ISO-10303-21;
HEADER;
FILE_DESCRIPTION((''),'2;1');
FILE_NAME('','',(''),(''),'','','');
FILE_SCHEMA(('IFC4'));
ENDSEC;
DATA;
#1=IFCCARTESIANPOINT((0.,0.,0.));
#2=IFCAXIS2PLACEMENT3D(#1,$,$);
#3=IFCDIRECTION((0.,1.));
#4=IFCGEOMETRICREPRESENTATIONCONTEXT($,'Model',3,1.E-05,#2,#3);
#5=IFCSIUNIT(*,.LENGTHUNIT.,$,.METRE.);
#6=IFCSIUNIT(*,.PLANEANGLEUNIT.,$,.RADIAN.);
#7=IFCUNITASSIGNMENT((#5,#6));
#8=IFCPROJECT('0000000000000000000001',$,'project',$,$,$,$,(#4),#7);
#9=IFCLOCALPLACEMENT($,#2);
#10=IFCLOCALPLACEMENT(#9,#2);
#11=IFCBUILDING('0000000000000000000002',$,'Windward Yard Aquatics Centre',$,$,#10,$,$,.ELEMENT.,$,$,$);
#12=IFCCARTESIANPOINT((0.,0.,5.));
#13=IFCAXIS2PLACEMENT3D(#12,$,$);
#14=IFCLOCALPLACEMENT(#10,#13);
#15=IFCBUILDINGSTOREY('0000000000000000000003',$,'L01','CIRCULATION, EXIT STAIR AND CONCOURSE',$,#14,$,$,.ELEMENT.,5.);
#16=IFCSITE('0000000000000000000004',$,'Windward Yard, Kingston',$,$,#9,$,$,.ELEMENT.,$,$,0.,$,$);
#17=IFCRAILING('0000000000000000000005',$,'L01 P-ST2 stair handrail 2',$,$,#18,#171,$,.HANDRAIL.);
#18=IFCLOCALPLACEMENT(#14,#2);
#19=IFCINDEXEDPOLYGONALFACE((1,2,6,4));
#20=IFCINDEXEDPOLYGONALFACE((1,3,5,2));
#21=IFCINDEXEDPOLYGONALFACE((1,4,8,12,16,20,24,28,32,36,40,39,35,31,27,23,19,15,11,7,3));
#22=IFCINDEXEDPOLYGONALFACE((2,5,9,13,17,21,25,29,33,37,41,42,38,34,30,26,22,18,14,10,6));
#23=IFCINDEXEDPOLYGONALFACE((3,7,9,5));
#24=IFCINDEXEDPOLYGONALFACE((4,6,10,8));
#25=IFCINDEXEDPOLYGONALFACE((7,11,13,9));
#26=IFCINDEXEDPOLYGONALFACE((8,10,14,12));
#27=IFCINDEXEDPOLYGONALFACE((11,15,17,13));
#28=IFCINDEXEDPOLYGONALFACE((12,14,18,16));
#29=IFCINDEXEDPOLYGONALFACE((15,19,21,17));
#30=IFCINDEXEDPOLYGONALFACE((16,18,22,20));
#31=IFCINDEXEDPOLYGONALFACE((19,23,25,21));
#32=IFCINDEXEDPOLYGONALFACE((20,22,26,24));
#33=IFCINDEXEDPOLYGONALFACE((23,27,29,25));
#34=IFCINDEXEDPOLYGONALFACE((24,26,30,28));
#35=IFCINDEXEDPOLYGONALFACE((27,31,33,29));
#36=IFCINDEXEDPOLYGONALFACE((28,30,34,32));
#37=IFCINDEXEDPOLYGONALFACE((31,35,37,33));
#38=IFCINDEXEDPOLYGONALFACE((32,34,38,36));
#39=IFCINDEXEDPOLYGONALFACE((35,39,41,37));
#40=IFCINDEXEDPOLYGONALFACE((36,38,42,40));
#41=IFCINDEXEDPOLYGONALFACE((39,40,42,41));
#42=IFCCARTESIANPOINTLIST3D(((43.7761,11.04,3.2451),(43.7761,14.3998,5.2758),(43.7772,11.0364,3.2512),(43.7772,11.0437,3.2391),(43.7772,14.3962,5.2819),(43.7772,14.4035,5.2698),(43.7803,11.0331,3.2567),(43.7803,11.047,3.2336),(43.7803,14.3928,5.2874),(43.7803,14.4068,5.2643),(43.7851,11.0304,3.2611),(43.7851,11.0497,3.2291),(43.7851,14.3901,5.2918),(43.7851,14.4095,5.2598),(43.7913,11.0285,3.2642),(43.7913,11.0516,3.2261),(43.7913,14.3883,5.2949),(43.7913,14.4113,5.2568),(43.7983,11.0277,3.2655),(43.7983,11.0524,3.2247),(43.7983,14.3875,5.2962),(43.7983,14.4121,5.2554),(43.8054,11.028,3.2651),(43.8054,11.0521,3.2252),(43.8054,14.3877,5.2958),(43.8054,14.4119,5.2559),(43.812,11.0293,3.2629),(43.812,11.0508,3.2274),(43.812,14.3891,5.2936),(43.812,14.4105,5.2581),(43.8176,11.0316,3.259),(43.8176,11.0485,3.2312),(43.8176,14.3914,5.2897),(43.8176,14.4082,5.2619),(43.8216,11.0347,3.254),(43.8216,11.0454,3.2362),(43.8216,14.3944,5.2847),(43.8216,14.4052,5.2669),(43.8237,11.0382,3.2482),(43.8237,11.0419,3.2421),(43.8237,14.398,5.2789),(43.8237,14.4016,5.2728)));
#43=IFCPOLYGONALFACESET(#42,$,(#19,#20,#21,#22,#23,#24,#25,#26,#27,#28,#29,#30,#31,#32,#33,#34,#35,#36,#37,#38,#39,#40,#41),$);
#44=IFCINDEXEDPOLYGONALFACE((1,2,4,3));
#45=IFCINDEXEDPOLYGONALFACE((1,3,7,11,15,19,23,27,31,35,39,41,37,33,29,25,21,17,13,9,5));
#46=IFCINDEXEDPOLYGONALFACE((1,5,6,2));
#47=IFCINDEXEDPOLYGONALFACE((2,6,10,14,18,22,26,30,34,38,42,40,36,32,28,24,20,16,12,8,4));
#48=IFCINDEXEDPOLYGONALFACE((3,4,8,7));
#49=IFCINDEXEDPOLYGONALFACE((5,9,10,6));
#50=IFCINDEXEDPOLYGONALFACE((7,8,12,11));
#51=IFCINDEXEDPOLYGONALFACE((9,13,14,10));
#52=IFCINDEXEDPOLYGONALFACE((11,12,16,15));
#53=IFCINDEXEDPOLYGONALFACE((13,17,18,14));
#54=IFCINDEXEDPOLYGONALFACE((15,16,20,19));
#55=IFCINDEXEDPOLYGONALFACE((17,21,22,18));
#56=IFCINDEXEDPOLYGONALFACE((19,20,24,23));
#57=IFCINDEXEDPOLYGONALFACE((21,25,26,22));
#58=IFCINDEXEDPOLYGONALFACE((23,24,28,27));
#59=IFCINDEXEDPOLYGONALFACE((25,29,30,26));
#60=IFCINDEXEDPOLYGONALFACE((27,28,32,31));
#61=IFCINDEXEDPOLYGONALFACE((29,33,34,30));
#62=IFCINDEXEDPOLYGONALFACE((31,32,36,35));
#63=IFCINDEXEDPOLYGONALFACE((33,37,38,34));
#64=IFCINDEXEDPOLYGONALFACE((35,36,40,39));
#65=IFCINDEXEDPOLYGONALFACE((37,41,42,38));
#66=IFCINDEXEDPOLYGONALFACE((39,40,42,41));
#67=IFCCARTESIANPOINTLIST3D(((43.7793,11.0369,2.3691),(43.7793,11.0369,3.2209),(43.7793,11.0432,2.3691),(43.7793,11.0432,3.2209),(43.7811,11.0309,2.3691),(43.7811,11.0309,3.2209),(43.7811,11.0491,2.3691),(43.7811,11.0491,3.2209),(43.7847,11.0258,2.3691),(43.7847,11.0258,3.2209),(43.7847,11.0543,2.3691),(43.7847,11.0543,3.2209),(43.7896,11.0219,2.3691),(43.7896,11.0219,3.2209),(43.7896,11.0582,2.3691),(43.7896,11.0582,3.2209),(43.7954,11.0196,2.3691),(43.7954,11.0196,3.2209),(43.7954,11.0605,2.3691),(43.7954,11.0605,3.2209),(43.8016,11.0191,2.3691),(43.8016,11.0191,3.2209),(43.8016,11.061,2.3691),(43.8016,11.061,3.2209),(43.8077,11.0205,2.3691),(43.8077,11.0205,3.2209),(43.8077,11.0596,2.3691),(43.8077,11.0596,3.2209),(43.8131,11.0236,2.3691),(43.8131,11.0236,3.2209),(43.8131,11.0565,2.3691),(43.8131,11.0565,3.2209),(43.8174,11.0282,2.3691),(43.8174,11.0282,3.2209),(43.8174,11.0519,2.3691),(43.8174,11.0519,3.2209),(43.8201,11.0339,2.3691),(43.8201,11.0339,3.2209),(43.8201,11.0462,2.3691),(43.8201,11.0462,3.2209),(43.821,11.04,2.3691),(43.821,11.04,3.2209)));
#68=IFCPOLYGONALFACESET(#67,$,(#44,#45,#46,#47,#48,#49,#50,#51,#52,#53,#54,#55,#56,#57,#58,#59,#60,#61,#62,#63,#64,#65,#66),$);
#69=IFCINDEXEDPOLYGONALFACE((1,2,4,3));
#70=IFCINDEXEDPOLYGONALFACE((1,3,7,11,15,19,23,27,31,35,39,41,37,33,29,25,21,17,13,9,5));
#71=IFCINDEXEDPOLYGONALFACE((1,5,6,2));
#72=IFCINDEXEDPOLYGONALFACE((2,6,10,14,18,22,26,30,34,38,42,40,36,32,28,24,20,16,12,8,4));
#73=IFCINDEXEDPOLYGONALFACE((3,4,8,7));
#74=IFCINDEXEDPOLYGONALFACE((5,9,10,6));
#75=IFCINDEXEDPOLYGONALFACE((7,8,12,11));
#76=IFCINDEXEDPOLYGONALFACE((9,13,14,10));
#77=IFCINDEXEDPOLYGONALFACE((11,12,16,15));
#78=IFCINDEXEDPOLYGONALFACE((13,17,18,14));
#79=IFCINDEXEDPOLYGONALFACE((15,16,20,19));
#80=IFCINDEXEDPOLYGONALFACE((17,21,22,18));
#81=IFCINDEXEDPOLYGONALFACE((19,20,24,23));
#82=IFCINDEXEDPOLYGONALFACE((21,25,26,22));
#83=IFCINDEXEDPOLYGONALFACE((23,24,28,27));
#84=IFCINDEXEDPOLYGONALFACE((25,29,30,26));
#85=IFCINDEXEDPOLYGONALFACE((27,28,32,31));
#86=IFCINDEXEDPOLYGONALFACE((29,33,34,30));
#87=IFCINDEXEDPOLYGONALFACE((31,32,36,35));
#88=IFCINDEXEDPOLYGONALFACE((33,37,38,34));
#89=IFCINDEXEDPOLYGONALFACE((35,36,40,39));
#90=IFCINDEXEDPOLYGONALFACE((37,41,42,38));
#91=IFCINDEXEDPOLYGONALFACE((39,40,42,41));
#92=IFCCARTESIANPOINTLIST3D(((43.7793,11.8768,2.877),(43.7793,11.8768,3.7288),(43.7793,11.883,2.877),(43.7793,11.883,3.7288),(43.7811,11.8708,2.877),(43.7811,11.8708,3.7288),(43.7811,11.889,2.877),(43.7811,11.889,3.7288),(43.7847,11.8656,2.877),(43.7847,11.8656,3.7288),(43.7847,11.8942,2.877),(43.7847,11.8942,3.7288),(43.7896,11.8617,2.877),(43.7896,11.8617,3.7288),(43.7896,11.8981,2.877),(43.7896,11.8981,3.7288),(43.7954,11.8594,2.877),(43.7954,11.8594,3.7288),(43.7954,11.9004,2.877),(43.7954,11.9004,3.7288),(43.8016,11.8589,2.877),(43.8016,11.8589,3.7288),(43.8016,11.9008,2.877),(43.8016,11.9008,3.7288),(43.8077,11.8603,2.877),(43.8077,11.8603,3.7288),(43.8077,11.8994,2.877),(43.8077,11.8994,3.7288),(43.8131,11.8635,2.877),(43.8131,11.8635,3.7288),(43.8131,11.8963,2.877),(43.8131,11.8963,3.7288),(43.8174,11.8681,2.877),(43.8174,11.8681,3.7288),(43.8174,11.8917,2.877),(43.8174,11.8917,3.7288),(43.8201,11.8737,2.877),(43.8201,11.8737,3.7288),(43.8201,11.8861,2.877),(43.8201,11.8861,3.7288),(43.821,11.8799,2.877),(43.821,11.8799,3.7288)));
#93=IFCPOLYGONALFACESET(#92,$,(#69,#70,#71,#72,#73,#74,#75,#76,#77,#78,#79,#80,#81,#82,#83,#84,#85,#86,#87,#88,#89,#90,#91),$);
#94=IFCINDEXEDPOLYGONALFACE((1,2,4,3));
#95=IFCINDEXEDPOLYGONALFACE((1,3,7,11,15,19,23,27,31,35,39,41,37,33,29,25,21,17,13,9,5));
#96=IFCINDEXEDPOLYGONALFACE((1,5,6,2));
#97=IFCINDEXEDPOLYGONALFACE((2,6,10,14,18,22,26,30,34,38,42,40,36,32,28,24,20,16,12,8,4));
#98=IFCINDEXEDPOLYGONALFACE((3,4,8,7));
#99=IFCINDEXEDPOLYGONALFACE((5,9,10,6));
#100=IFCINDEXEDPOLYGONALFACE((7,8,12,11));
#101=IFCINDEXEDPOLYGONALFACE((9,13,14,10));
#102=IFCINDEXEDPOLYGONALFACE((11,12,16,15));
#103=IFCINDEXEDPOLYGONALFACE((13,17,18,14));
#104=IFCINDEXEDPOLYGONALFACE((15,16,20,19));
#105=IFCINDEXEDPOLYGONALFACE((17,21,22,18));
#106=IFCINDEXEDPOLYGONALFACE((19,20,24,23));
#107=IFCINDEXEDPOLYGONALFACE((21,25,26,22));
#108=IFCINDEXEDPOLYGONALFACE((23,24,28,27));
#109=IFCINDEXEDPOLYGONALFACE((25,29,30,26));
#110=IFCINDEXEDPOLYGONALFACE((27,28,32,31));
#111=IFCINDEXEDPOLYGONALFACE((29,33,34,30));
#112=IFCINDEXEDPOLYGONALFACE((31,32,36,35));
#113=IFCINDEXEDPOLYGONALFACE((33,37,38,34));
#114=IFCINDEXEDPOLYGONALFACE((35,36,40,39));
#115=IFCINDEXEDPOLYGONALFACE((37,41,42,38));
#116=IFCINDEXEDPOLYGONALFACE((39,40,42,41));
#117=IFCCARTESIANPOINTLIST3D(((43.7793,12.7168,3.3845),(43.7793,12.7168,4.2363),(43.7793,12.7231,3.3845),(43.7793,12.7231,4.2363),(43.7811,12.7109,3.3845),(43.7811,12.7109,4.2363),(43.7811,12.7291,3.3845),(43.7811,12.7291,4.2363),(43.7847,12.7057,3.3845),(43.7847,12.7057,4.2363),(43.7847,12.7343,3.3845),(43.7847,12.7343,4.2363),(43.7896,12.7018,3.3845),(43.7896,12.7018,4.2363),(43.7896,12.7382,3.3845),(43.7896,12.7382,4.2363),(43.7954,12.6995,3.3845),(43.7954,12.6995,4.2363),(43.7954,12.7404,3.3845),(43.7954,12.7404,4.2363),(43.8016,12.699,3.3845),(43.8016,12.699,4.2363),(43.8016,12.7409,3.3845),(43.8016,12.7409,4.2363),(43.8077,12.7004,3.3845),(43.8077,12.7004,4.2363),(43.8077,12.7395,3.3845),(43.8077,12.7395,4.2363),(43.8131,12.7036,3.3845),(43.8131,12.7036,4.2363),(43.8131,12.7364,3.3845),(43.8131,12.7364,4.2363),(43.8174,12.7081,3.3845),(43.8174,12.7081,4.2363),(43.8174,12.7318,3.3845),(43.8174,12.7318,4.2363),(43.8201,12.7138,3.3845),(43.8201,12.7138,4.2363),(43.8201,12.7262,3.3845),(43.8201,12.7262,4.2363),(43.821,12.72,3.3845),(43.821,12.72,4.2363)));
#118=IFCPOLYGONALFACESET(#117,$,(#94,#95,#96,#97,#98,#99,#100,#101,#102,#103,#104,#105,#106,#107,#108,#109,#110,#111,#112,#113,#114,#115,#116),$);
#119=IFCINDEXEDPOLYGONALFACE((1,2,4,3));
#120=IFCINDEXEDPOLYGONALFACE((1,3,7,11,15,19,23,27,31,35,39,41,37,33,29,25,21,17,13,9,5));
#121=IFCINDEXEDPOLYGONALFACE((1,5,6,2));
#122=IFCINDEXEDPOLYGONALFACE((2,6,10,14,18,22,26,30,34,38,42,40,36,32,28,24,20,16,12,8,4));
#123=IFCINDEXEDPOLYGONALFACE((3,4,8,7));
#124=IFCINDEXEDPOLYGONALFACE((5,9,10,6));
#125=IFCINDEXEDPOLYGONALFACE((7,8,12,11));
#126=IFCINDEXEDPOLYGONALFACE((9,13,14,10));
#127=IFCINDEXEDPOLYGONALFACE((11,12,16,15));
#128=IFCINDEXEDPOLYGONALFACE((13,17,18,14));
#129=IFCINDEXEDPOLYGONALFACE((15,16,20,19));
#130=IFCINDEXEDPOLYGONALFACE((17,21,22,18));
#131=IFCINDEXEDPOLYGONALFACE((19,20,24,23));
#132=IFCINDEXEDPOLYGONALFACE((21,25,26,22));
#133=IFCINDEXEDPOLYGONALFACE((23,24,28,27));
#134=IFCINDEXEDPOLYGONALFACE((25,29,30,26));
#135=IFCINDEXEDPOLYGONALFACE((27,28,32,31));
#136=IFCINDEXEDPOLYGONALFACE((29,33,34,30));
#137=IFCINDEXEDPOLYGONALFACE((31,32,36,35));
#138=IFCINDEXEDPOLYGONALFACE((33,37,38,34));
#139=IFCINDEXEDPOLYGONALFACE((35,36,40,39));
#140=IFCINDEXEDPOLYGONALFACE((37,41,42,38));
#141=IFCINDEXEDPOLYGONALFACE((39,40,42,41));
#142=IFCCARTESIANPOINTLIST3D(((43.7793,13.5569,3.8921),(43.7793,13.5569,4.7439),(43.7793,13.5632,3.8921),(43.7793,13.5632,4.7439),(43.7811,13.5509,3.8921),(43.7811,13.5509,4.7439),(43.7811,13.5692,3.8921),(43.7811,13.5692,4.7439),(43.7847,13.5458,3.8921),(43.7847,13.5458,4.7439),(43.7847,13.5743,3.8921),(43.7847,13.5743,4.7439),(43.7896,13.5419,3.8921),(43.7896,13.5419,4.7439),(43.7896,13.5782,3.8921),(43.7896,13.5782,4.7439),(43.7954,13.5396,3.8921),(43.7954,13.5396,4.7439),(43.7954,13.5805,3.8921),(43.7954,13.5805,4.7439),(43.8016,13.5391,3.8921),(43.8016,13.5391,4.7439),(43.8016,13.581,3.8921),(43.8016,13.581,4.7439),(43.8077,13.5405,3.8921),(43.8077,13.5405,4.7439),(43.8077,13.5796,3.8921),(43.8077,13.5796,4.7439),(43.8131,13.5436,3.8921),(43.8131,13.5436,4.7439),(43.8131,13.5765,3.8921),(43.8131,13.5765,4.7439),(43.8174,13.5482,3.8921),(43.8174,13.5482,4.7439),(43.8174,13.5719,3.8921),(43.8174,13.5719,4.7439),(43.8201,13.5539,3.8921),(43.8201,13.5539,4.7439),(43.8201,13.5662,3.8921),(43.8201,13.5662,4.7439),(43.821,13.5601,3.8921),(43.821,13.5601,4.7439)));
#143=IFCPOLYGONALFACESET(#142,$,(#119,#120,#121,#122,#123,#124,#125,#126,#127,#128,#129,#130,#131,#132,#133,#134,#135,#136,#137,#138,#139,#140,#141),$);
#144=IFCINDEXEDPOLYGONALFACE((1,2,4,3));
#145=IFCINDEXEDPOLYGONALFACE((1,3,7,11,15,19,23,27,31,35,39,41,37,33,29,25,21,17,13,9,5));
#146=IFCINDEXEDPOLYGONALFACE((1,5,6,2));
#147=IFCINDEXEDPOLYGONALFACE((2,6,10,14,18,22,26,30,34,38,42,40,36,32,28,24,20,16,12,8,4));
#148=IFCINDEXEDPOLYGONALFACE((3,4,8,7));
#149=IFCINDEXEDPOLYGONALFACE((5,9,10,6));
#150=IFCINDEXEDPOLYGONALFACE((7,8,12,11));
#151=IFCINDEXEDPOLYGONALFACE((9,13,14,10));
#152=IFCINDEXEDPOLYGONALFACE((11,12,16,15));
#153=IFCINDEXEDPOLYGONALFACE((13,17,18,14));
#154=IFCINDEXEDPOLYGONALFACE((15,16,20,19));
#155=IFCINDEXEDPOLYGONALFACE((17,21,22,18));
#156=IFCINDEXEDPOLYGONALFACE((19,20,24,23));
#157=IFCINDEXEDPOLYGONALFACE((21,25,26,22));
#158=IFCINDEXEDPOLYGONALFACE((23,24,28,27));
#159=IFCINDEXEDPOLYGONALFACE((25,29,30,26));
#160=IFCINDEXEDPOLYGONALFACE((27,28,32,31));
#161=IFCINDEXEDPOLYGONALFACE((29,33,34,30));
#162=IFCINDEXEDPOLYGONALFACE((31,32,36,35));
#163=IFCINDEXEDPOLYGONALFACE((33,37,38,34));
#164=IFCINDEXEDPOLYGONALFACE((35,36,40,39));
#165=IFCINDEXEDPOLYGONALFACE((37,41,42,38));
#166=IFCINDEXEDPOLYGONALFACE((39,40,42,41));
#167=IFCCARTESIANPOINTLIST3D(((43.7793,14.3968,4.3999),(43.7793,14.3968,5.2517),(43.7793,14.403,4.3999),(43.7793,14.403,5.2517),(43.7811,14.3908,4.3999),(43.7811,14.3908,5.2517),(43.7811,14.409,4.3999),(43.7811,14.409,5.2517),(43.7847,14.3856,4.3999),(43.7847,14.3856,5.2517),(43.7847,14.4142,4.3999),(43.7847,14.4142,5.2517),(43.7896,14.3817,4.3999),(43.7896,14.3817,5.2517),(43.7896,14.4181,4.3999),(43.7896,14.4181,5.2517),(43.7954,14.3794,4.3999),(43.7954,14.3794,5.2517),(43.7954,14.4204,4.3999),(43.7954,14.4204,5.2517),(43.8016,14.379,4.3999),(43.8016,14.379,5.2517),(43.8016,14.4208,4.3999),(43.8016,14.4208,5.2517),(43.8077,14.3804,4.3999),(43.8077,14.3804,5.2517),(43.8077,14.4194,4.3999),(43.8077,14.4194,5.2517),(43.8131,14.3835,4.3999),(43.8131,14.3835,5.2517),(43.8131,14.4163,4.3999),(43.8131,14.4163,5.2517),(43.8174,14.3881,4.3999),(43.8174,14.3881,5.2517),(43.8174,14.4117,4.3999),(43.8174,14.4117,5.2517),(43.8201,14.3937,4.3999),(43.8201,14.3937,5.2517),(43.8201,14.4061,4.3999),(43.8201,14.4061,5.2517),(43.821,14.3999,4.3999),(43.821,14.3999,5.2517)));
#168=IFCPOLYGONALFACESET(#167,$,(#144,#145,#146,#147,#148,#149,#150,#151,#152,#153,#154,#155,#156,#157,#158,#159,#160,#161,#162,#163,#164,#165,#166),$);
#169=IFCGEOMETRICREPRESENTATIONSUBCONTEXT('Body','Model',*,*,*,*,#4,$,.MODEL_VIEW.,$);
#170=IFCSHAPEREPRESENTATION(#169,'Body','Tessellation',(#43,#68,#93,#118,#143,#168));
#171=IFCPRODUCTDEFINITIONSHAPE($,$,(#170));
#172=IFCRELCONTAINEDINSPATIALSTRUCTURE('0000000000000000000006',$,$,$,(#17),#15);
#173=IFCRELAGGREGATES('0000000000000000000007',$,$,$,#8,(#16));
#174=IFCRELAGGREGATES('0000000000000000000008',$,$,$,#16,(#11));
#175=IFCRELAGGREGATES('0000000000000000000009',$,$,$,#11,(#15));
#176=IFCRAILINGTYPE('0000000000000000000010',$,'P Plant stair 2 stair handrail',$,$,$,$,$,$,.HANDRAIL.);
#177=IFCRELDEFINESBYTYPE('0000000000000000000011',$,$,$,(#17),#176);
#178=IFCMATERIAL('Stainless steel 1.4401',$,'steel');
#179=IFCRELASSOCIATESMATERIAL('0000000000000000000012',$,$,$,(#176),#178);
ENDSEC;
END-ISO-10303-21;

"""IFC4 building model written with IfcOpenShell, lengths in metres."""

from ifc_helpers import new_model, si_unit, direction, frame, origin, origin_2d, place, context, subcontext, project, spatial, circle, extrude, material, type_object, element, save


model = new_model("IFC4")

# Units and contexts
model_context = context("Model", 3, precision=1e-05, world=origin(), true_north=direction((0.0, 1.0)))
body_context = subcontext(model_context, "Body", "Model", "MODEL_VIEW")
ifc_project = project(units=[si_unit("LENGTHUNIT", "METRE"), si_unit("PLANEANGLEUNIT", "RADIAN")], contexts=[model_context])

# Site, building, storey
site_placement = place(None, origin())
site = spatial("IfcSite", under=ifc_project, at=site_placement, Name="Windward Yard, Kingston", CompositionType="ELEMENT", RefElevation=0.0)
building_placement = place(site_placement, origin())
building = spatial("IfcBuilding", under=site, at=building_placement, Name="Windward Yard Aquatics Centre", CompositionType="ELEMENT")
storey_placement = place(building_placement, frame((0.0, 0.0, 5.0)))
storey = spatial("IfcBuildingStorey", under=building, at=storey_placement, Name="L01", Description="CIRCULATION, EXIT STAIR AND CONCOURSE", CompositionType="ELEMENT", Elevation=5.0)

# Railing
ifc_material_1 = material(Name="Stainless steel 1.4401", Category="steel")
railing_type_1 = type_object("IfcRailingType", Name="P Plant stair 2 stair handrail", PredefinedType="HANDRAIL", material=ifc_material_1)
railing_1_placement = place(storey_placement, frame((43.8, 11.04, 2.3691)))
element("IfcRailing", 1, at=railing_1_placement, inside=storey, type_object=railing_type_1, Name="L01 P-ST2 stair handrail 2", PredefinedType="HANDRAIL", context=body_context, shape_type="SweptSolid", body=[
    extrude(circle(Radius=0.0239, at=origin_2d()), frame((0.0, 0.0, 0.876), z_axis=(0.0, 0.85582, 0.517273), x_axis=(-1.0, 0.0, 0.0)), (0.0, 0.0, 1.0), 3.9258),
    extrude(circle(Radius=0.021, at=origin_2d()), origin(), (0.0, 0.0, 1.0), 0.8518),
    extrude(circle(Radius=0.021, at=origin_2d()), frame((0.0, 0.8398, 0.5078)), (0.0, 0.0, 1.0), 0.8518),
    extrude(circle(Radius=0.021, at=origin_2d()), frame((0.0, 1.6799, 1.0154)), (0.0, 0.0, 1.0), 0.8518),
    extrude(circle(Radius=0.021, at=origin_2d()), frame((0.0, 2.52, 1.5229)), (0.0, 0.0, 1.0), 0.8518),
    extrude(circle(Radius=0.021, at=origin_2d()), frame((0.0, 3.3599, 2.0308)), (0.0, 0.0, 1.0), 0.8518),
])

save(model, "model.ifc")
